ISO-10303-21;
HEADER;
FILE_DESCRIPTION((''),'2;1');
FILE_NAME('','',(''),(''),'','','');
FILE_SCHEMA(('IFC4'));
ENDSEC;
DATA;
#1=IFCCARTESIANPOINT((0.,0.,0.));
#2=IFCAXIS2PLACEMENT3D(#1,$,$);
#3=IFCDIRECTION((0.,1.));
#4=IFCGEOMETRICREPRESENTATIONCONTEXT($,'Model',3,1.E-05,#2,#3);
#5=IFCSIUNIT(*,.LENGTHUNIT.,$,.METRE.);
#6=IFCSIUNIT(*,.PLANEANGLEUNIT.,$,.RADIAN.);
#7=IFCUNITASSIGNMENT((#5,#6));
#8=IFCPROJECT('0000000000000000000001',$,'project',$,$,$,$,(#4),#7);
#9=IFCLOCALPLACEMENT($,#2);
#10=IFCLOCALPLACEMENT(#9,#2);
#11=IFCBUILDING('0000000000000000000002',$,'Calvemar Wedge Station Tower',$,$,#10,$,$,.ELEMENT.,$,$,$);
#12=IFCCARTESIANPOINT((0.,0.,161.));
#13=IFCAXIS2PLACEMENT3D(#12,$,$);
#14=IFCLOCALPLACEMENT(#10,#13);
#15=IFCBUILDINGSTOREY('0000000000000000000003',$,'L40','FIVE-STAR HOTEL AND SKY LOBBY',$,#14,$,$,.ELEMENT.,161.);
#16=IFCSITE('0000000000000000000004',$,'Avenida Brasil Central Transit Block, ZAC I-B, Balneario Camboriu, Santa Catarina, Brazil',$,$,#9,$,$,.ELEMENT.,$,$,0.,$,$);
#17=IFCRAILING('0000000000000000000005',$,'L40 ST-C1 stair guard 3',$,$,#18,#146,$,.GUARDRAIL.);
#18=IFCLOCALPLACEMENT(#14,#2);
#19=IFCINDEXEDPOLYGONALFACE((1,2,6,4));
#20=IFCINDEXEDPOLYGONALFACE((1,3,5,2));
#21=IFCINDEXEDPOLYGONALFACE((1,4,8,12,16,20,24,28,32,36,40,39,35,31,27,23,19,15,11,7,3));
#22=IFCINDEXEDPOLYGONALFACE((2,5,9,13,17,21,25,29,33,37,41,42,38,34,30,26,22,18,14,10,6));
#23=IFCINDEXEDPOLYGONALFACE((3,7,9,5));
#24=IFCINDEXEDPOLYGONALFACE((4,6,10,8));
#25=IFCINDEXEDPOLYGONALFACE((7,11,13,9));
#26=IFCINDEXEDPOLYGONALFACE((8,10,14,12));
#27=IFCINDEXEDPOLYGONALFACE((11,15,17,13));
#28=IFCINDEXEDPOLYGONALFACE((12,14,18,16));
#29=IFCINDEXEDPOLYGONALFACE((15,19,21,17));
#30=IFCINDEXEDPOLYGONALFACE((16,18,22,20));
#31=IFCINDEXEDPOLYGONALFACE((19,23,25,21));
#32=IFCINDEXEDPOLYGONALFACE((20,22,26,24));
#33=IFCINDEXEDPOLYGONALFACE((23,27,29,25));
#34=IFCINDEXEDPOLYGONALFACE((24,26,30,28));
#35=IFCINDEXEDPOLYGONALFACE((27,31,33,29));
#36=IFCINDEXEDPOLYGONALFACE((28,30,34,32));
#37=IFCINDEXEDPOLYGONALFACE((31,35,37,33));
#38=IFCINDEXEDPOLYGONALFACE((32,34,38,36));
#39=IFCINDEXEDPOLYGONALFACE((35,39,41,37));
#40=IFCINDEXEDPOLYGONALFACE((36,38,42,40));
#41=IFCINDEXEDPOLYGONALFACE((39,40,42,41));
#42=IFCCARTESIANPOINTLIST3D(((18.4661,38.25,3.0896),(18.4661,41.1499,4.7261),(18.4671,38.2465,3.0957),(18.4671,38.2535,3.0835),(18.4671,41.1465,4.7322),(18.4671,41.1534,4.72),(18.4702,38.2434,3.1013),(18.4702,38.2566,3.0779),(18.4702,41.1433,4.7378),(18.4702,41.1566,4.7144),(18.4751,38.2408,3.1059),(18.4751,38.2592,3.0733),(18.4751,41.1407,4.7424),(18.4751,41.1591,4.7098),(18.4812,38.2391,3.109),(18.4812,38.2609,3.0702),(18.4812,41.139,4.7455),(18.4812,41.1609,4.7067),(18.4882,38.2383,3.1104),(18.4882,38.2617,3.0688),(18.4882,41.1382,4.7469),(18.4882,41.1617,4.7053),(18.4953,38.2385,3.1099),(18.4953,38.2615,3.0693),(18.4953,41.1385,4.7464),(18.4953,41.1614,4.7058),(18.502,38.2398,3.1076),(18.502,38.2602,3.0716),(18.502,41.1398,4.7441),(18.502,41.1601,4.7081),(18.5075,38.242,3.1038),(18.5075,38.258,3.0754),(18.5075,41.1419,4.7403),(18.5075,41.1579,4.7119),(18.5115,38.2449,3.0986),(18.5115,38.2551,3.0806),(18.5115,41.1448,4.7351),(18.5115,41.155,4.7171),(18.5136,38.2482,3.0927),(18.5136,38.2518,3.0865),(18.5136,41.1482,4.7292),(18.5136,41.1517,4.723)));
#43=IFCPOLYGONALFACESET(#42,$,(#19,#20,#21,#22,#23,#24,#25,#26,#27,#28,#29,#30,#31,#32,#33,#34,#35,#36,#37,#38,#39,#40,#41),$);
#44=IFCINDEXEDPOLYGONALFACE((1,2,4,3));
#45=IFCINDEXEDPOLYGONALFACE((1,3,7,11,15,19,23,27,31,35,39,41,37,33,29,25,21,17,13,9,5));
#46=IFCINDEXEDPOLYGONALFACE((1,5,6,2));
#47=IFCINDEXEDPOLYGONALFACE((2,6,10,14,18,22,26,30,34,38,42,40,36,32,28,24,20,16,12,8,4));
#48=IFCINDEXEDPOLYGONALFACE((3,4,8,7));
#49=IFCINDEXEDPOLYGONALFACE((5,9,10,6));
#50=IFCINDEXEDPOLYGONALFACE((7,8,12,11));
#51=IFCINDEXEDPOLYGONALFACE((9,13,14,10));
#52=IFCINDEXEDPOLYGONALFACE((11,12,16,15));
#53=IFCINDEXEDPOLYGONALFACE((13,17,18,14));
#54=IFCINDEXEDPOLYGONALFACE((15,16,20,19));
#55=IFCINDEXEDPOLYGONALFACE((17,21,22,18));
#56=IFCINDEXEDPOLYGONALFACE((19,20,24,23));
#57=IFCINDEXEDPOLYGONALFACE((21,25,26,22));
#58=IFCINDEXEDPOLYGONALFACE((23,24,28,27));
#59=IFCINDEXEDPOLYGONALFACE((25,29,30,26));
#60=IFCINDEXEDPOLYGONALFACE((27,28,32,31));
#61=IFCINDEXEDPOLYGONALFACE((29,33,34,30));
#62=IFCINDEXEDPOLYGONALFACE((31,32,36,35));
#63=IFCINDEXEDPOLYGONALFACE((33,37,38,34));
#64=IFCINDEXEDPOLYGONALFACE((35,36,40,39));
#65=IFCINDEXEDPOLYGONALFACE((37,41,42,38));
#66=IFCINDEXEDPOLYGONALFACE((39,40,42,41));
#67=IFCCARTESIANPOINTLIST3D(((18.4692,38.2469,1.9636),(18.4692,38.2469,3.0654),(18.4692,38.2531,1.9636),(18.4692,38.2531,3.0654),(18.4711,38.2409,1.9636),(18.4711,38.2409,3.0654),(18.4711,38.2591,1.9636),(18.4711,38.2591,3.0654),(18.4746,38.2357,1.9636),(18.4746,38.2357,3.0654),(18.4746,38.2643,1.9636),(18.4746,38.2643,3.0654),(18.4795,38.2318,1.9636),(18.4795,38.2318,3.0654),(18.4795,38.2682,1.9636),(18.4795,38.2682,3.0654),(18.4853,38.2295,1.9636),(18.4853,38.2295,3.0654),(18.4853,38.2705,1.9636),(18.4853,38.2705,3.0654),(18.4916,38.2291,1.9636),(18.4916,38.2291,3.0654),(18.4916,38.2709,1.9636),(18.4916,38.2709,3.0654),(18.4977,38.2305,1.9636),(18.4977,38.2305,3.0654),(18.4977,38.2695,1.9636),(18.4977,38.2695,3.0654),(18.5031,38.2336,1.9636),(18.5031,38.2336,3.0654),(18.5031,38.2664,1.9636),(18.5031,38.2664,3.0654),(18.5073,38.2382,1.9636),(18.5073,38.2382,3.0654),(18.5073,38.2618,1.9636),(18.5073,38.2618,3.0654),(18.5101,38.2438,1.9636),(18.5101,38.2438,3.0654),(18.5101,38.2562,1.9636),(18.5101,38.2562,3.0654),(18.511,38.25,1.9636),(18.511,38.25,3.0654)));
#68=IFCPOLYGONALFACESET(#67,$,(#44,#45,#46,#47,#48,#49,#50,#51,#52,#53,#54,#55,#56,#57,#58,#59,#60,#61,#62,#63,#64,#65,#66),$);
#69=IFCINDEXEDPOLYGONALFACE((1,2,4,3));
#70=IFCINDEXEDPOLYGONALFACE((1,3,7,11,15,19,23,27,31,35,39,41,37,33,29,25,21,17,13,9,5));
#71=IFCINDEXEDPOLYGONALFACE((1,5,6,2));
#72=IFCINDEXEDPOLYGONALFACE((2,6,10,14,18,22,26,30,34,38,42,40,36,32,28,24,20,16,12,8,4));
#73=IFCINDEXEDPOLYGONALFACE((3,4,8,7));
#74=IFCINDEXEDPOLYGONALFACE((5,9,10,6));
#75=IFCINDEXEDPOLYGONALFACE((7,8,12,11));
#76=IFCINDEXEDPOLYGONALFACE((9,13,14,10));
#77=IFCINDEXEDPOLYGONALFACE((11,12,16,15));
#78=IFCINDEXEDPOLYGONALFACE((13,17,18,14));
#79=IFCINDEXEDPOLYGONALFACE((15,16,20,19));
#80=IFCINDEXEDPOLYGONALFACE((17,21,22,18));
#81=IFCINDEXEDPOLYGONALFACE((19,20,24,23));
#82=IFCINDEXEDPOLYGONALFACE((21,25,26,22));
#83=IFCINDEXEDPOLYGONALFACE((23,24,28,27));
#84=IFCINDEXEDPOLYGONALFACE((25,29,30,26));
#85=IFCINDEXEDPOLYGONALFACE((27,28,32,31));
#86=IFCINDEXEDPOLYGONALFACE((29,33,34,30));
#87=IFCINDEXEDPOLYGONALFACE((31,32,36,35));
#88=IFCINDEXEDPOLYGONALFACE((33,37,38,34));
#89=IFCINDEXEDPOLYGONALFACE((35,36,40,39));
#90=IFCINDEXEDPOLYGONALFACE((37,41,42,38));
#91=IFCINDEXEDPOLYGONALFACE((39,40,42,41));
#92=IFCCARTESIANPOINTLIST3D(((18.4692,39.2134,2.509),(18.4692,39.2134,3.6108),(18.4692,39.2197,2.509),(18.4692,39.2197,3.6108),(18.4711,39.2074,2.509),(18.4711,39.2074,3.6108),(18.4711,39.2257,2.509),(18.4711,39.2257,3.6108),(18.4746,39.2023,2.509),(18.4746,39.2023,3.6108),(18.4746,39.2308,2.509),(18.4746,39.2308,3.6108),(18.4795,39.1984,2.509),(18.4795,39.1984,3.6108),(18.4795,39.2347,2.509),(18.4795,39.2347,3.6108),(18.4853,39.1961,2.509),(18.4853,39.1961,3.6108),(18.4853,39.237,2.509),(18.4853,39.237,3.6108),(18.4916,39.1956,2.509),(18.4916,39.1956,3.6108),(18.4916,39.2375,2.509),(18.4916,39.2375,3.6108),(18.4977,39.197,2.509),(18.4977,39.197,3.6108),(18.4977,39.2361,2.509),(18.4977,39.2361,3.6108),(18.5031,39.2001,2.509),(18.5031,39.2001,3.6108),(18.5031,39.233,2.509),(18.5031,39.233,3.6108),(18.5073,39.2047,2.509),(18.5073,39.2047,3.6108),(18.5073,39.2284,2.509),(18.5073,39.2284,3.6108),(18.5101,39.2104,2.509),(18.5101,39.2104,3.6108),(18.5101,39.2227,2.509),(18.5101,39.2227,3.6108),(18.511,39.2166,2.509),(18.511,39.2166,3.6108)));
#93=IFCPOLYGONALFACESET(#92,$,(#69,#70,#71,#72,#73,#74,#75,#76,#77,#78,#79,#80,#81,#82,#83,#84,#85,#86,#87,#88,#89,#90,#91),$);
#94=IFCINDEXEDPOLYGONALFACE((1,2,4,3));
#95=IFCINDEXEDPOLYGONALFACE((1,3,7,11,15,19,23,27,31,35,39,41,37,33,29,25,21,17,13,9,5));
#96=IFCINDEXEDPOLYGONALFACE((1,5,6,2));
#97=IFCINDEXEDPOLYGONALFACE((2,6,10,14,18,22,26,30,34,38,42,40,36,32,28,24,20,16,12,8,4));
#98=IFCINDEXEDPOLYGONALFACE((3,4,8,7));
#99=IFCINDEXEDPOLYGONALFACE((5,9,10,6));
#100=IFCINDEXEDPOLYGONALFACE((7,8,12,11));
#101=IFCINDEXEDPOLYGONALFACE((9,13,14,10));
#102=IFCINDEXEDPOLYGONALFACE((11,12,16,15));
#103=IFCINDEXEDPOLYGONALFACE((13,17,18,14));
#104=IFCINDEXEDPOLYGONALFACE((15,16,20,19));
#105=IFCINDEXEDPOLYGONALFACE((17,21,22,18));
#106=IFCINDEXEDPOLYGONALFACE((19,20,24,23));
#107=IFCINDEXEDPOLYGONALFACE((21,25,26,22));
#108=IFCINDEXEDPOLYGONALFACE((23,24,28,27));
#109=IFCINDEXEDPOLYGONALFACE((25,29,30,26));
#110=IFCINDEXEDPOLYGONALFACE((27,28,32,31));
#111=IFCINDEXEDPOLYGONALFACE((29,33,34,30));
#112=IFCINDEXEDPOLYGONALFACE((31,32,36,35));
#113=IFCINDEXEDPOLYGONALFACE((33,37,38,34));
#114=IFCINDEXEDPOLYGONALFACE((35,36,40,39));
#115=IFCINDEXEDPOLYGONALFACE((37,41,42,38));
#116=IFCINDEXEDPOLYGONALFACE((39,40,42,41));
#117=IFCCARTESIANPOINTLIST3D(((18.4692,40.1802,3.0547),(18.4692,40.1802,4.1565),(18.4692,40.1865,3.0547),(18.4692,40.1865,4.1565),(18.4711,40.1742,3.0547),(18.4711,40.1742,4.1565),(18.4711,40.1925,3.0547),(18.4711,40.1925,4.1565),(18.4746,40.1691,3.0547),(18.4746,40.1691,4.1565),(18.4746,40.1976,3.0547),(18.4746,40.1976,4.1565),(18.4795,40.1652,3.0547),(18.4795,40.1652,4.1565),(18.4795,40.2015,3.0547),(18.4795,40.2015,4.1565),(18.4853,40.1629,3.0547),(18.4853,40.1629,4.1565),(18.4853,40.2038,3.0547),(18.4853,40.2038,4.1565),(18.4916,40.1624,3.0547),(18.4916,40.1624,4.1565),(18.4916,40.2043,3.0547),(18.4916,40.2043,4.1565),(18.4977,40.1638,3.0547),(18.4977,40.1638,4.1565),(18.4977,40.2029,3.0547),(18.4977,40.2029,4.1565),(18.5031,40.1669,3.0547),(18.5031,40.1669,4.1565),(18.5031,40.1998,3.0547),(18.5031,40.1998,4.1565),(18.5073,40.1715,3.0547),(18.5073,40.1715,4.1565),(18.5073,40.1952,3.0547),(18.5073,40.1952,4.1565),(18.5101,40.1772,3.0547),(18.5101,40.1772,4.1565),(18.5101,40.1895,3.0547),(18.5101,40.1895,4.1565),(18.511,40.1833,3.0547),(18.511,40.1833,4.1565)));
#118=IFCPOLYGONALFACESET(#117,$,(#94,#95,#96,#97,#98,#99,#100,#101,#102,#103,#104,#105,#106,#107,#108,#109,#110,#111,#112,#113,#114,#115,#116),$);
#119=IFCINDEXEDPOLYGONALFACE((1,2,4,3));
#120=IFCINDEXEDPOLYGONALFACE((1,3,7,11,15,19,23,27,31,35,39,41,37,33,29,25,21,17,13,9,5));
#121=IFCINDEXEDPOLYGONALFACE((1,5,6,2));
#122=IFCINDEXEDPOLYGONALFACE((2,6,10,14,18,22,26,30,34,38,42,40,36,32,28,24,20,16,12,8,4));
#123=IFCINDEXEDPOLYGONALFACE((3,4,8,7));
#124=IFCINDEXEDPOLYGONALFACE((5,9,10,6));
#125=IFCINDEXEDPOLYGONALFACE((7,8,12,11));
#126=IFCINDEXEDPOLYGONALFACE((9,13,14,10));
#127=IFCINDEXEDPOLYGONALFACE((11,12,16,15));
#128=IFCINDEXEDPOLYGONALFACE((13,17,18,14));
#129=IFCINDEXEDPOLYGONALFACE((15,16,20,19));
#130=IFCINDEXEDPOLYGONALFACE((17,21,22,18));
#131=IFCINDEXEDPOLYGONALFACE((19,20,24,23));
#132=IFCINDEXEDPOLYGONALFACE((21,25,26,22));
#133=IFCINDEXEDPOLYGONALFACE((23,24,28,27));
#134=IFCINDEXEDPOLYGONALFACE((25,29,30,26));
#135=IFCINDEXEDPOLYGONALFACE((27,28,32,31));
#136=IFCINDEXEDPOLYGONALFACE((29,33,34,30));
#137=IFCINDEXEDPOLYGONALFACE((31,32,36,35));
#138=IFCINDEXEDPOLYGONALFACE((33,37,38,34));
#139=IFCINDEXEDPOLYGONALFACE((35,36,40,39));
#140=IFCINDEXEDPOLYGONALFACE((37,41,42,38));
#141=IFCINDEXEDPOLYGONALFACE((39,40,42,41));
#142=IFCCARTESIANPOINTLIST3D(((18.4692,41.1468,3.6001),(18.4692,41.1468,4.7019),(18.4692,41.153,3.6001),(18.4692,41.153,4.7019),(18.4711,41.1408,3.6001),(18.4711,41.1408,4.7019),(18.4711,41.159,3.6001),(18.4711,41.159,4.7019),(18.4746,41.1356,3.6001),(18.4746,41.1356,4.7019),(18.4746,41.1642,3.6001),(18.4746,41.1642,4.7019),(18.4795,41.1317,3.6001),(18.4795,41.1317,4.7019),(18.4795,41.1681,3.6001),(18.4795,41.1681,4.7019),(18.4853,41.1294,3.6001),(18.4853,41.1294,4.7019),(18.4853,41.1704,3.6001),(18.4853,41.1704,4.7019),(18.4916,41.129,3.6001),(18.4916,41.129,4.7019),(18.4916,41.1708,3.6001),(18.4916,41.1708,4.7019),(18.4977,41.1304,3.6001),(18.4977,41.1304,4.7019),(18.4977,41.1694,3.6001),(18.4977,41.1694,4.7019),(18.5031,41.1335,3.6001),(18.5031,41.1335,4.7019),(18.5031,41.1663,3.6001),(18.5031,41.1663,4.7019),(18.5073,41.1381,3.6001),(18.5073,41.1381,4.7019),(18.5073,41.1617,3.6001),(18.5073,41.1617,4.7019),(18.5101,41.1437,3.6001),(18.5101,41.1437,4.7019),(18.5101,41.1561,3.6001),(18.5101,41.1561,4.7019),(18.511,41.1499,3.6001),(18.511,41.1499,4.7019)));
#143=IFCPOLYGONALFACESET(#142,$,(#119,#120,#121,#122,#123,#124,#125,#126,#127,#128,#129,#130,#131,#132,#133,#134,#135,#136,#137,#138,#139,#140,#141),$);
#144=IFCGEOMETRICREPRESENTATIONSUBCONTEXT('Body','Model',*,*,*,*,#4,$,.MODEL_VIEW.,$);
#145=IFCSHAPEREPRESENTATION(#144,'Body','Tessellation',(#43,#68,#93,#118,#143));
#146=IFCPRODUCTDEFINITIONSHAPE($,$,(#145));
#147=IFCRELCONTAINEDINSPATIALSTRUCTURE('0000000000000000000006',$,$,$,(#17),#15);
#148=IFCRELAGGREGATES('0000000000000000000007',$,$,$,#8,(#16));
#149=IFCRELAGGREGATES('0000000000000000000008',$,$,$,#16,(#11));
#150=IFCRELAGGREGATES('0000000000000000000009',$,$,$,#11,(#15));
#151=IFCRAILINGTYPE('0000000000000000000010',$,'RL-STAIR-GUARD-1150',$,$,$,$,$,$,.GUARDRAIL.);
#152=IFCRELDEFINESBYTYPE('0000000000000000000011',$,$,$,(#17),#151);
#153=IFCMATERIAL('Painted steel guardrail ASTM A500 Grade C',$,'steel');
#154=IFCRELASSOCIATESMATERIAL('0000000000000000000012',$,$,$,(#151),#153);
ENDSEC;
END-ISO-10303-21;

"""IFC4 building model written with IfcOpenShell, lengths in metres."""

from ifc_helpers import new_model, si_unit, direction, frame, origin, origin_2d, place, context, subcontext, project, spatial, circle, extrude, material, type_object, element, save


model = new_model("IFC4")

# Units and contexts
model_context = context("Model", 3, precision=1e-05, world=origin(), true_north=direction((0.0, 1.0)))
body_context = subcontext(model_context, "Body", "Model", "MODEL_VIEW")
ifc_project = project(units=[si_unit("LENGTHUNIT", "METRE"), si_unit("PLANEANGLEUNIT", "RADIAN")], contexts=[model_context])

# Site, building, storey
site_placement = place(None, origin())
site = spatial("IfcSite", under=ifc_project, at=site_placement, Name="Avenida Brasil Central Transit Block, ZAC I-B, Balneario Camboriu, Santa Catarina, Brazil", CompositionType="ELEMENT", RefElevation=0.0)
building_placement = place(site_placement, origin())
building = spatial("IfcBuilding", under=site, at=building_placement, Name="Calvemar Wedge Station Tower", CompositionType="ELEMENT")
storey_placement = place(building_placement, frame((0.0, 0.0, 161.0)))
storey = spatial("IfcBuildingStorey", under=building, at=storey_placement, Name="L40", Description="FIVE-STAR HOTEL AND SKY LOBBY", CompositionType="ELEMENT", Elevation=161.0)

# Railing
ifc_material_1 = material(Name="Painted steel guardrail ASTM A500 Grade C", Category="steel")
railing_type_1 = type_object("IfcRailingType", Name="RL-STAIR-GUARD-1150", PredefinedType="GUARDRAIL", material=ifc_material_1)
railing_1_placement = place(storey_placement, frame((18.49, 38.25, 1.9636)))
element("IfcRailing", 1, at=railing_1_placement, inside=storey, type_object=railing_type_1, Name="L40 ST-C1 stair guard 3", PredefinedType="GUARDRAIL", context=body_context, shape_type="SweptSolid", body=[
    extrude(circle(Radius=0.0239, at=origin_2d()), frame((0.0, 0.0, 1.126), z_axis=(0.0, 0.870897, 0.491465), x_axis=(-1.0, 0.0, 0.0)), (0.0, 0.0, 1.0), 3.3298),
    extrude(circle(Radius=0.021, at=origin_2d()), origin(), (0.0, 0.0, 1.0), 1.1018),
    extrude(circle(Radius=0.021, at=origin_2d()), frame((0.0, 0.9666, 0.5454)), (0.0, 0.0, 1.0), 1.1018),
    extrude(circle(Radius=0.021, at=origin_2d()), frame((0.0, 1.9333, 1.0911)), (0.0, 0.0, 1.0), 1.1018),
    extrude(circle(Radius=0.021, at=origin_2d()), frame((0.0, 2.8999, 1.6365)), (0.0, 0.0, 1.0), 1.1018),
])

save(model, "model.ifc")
